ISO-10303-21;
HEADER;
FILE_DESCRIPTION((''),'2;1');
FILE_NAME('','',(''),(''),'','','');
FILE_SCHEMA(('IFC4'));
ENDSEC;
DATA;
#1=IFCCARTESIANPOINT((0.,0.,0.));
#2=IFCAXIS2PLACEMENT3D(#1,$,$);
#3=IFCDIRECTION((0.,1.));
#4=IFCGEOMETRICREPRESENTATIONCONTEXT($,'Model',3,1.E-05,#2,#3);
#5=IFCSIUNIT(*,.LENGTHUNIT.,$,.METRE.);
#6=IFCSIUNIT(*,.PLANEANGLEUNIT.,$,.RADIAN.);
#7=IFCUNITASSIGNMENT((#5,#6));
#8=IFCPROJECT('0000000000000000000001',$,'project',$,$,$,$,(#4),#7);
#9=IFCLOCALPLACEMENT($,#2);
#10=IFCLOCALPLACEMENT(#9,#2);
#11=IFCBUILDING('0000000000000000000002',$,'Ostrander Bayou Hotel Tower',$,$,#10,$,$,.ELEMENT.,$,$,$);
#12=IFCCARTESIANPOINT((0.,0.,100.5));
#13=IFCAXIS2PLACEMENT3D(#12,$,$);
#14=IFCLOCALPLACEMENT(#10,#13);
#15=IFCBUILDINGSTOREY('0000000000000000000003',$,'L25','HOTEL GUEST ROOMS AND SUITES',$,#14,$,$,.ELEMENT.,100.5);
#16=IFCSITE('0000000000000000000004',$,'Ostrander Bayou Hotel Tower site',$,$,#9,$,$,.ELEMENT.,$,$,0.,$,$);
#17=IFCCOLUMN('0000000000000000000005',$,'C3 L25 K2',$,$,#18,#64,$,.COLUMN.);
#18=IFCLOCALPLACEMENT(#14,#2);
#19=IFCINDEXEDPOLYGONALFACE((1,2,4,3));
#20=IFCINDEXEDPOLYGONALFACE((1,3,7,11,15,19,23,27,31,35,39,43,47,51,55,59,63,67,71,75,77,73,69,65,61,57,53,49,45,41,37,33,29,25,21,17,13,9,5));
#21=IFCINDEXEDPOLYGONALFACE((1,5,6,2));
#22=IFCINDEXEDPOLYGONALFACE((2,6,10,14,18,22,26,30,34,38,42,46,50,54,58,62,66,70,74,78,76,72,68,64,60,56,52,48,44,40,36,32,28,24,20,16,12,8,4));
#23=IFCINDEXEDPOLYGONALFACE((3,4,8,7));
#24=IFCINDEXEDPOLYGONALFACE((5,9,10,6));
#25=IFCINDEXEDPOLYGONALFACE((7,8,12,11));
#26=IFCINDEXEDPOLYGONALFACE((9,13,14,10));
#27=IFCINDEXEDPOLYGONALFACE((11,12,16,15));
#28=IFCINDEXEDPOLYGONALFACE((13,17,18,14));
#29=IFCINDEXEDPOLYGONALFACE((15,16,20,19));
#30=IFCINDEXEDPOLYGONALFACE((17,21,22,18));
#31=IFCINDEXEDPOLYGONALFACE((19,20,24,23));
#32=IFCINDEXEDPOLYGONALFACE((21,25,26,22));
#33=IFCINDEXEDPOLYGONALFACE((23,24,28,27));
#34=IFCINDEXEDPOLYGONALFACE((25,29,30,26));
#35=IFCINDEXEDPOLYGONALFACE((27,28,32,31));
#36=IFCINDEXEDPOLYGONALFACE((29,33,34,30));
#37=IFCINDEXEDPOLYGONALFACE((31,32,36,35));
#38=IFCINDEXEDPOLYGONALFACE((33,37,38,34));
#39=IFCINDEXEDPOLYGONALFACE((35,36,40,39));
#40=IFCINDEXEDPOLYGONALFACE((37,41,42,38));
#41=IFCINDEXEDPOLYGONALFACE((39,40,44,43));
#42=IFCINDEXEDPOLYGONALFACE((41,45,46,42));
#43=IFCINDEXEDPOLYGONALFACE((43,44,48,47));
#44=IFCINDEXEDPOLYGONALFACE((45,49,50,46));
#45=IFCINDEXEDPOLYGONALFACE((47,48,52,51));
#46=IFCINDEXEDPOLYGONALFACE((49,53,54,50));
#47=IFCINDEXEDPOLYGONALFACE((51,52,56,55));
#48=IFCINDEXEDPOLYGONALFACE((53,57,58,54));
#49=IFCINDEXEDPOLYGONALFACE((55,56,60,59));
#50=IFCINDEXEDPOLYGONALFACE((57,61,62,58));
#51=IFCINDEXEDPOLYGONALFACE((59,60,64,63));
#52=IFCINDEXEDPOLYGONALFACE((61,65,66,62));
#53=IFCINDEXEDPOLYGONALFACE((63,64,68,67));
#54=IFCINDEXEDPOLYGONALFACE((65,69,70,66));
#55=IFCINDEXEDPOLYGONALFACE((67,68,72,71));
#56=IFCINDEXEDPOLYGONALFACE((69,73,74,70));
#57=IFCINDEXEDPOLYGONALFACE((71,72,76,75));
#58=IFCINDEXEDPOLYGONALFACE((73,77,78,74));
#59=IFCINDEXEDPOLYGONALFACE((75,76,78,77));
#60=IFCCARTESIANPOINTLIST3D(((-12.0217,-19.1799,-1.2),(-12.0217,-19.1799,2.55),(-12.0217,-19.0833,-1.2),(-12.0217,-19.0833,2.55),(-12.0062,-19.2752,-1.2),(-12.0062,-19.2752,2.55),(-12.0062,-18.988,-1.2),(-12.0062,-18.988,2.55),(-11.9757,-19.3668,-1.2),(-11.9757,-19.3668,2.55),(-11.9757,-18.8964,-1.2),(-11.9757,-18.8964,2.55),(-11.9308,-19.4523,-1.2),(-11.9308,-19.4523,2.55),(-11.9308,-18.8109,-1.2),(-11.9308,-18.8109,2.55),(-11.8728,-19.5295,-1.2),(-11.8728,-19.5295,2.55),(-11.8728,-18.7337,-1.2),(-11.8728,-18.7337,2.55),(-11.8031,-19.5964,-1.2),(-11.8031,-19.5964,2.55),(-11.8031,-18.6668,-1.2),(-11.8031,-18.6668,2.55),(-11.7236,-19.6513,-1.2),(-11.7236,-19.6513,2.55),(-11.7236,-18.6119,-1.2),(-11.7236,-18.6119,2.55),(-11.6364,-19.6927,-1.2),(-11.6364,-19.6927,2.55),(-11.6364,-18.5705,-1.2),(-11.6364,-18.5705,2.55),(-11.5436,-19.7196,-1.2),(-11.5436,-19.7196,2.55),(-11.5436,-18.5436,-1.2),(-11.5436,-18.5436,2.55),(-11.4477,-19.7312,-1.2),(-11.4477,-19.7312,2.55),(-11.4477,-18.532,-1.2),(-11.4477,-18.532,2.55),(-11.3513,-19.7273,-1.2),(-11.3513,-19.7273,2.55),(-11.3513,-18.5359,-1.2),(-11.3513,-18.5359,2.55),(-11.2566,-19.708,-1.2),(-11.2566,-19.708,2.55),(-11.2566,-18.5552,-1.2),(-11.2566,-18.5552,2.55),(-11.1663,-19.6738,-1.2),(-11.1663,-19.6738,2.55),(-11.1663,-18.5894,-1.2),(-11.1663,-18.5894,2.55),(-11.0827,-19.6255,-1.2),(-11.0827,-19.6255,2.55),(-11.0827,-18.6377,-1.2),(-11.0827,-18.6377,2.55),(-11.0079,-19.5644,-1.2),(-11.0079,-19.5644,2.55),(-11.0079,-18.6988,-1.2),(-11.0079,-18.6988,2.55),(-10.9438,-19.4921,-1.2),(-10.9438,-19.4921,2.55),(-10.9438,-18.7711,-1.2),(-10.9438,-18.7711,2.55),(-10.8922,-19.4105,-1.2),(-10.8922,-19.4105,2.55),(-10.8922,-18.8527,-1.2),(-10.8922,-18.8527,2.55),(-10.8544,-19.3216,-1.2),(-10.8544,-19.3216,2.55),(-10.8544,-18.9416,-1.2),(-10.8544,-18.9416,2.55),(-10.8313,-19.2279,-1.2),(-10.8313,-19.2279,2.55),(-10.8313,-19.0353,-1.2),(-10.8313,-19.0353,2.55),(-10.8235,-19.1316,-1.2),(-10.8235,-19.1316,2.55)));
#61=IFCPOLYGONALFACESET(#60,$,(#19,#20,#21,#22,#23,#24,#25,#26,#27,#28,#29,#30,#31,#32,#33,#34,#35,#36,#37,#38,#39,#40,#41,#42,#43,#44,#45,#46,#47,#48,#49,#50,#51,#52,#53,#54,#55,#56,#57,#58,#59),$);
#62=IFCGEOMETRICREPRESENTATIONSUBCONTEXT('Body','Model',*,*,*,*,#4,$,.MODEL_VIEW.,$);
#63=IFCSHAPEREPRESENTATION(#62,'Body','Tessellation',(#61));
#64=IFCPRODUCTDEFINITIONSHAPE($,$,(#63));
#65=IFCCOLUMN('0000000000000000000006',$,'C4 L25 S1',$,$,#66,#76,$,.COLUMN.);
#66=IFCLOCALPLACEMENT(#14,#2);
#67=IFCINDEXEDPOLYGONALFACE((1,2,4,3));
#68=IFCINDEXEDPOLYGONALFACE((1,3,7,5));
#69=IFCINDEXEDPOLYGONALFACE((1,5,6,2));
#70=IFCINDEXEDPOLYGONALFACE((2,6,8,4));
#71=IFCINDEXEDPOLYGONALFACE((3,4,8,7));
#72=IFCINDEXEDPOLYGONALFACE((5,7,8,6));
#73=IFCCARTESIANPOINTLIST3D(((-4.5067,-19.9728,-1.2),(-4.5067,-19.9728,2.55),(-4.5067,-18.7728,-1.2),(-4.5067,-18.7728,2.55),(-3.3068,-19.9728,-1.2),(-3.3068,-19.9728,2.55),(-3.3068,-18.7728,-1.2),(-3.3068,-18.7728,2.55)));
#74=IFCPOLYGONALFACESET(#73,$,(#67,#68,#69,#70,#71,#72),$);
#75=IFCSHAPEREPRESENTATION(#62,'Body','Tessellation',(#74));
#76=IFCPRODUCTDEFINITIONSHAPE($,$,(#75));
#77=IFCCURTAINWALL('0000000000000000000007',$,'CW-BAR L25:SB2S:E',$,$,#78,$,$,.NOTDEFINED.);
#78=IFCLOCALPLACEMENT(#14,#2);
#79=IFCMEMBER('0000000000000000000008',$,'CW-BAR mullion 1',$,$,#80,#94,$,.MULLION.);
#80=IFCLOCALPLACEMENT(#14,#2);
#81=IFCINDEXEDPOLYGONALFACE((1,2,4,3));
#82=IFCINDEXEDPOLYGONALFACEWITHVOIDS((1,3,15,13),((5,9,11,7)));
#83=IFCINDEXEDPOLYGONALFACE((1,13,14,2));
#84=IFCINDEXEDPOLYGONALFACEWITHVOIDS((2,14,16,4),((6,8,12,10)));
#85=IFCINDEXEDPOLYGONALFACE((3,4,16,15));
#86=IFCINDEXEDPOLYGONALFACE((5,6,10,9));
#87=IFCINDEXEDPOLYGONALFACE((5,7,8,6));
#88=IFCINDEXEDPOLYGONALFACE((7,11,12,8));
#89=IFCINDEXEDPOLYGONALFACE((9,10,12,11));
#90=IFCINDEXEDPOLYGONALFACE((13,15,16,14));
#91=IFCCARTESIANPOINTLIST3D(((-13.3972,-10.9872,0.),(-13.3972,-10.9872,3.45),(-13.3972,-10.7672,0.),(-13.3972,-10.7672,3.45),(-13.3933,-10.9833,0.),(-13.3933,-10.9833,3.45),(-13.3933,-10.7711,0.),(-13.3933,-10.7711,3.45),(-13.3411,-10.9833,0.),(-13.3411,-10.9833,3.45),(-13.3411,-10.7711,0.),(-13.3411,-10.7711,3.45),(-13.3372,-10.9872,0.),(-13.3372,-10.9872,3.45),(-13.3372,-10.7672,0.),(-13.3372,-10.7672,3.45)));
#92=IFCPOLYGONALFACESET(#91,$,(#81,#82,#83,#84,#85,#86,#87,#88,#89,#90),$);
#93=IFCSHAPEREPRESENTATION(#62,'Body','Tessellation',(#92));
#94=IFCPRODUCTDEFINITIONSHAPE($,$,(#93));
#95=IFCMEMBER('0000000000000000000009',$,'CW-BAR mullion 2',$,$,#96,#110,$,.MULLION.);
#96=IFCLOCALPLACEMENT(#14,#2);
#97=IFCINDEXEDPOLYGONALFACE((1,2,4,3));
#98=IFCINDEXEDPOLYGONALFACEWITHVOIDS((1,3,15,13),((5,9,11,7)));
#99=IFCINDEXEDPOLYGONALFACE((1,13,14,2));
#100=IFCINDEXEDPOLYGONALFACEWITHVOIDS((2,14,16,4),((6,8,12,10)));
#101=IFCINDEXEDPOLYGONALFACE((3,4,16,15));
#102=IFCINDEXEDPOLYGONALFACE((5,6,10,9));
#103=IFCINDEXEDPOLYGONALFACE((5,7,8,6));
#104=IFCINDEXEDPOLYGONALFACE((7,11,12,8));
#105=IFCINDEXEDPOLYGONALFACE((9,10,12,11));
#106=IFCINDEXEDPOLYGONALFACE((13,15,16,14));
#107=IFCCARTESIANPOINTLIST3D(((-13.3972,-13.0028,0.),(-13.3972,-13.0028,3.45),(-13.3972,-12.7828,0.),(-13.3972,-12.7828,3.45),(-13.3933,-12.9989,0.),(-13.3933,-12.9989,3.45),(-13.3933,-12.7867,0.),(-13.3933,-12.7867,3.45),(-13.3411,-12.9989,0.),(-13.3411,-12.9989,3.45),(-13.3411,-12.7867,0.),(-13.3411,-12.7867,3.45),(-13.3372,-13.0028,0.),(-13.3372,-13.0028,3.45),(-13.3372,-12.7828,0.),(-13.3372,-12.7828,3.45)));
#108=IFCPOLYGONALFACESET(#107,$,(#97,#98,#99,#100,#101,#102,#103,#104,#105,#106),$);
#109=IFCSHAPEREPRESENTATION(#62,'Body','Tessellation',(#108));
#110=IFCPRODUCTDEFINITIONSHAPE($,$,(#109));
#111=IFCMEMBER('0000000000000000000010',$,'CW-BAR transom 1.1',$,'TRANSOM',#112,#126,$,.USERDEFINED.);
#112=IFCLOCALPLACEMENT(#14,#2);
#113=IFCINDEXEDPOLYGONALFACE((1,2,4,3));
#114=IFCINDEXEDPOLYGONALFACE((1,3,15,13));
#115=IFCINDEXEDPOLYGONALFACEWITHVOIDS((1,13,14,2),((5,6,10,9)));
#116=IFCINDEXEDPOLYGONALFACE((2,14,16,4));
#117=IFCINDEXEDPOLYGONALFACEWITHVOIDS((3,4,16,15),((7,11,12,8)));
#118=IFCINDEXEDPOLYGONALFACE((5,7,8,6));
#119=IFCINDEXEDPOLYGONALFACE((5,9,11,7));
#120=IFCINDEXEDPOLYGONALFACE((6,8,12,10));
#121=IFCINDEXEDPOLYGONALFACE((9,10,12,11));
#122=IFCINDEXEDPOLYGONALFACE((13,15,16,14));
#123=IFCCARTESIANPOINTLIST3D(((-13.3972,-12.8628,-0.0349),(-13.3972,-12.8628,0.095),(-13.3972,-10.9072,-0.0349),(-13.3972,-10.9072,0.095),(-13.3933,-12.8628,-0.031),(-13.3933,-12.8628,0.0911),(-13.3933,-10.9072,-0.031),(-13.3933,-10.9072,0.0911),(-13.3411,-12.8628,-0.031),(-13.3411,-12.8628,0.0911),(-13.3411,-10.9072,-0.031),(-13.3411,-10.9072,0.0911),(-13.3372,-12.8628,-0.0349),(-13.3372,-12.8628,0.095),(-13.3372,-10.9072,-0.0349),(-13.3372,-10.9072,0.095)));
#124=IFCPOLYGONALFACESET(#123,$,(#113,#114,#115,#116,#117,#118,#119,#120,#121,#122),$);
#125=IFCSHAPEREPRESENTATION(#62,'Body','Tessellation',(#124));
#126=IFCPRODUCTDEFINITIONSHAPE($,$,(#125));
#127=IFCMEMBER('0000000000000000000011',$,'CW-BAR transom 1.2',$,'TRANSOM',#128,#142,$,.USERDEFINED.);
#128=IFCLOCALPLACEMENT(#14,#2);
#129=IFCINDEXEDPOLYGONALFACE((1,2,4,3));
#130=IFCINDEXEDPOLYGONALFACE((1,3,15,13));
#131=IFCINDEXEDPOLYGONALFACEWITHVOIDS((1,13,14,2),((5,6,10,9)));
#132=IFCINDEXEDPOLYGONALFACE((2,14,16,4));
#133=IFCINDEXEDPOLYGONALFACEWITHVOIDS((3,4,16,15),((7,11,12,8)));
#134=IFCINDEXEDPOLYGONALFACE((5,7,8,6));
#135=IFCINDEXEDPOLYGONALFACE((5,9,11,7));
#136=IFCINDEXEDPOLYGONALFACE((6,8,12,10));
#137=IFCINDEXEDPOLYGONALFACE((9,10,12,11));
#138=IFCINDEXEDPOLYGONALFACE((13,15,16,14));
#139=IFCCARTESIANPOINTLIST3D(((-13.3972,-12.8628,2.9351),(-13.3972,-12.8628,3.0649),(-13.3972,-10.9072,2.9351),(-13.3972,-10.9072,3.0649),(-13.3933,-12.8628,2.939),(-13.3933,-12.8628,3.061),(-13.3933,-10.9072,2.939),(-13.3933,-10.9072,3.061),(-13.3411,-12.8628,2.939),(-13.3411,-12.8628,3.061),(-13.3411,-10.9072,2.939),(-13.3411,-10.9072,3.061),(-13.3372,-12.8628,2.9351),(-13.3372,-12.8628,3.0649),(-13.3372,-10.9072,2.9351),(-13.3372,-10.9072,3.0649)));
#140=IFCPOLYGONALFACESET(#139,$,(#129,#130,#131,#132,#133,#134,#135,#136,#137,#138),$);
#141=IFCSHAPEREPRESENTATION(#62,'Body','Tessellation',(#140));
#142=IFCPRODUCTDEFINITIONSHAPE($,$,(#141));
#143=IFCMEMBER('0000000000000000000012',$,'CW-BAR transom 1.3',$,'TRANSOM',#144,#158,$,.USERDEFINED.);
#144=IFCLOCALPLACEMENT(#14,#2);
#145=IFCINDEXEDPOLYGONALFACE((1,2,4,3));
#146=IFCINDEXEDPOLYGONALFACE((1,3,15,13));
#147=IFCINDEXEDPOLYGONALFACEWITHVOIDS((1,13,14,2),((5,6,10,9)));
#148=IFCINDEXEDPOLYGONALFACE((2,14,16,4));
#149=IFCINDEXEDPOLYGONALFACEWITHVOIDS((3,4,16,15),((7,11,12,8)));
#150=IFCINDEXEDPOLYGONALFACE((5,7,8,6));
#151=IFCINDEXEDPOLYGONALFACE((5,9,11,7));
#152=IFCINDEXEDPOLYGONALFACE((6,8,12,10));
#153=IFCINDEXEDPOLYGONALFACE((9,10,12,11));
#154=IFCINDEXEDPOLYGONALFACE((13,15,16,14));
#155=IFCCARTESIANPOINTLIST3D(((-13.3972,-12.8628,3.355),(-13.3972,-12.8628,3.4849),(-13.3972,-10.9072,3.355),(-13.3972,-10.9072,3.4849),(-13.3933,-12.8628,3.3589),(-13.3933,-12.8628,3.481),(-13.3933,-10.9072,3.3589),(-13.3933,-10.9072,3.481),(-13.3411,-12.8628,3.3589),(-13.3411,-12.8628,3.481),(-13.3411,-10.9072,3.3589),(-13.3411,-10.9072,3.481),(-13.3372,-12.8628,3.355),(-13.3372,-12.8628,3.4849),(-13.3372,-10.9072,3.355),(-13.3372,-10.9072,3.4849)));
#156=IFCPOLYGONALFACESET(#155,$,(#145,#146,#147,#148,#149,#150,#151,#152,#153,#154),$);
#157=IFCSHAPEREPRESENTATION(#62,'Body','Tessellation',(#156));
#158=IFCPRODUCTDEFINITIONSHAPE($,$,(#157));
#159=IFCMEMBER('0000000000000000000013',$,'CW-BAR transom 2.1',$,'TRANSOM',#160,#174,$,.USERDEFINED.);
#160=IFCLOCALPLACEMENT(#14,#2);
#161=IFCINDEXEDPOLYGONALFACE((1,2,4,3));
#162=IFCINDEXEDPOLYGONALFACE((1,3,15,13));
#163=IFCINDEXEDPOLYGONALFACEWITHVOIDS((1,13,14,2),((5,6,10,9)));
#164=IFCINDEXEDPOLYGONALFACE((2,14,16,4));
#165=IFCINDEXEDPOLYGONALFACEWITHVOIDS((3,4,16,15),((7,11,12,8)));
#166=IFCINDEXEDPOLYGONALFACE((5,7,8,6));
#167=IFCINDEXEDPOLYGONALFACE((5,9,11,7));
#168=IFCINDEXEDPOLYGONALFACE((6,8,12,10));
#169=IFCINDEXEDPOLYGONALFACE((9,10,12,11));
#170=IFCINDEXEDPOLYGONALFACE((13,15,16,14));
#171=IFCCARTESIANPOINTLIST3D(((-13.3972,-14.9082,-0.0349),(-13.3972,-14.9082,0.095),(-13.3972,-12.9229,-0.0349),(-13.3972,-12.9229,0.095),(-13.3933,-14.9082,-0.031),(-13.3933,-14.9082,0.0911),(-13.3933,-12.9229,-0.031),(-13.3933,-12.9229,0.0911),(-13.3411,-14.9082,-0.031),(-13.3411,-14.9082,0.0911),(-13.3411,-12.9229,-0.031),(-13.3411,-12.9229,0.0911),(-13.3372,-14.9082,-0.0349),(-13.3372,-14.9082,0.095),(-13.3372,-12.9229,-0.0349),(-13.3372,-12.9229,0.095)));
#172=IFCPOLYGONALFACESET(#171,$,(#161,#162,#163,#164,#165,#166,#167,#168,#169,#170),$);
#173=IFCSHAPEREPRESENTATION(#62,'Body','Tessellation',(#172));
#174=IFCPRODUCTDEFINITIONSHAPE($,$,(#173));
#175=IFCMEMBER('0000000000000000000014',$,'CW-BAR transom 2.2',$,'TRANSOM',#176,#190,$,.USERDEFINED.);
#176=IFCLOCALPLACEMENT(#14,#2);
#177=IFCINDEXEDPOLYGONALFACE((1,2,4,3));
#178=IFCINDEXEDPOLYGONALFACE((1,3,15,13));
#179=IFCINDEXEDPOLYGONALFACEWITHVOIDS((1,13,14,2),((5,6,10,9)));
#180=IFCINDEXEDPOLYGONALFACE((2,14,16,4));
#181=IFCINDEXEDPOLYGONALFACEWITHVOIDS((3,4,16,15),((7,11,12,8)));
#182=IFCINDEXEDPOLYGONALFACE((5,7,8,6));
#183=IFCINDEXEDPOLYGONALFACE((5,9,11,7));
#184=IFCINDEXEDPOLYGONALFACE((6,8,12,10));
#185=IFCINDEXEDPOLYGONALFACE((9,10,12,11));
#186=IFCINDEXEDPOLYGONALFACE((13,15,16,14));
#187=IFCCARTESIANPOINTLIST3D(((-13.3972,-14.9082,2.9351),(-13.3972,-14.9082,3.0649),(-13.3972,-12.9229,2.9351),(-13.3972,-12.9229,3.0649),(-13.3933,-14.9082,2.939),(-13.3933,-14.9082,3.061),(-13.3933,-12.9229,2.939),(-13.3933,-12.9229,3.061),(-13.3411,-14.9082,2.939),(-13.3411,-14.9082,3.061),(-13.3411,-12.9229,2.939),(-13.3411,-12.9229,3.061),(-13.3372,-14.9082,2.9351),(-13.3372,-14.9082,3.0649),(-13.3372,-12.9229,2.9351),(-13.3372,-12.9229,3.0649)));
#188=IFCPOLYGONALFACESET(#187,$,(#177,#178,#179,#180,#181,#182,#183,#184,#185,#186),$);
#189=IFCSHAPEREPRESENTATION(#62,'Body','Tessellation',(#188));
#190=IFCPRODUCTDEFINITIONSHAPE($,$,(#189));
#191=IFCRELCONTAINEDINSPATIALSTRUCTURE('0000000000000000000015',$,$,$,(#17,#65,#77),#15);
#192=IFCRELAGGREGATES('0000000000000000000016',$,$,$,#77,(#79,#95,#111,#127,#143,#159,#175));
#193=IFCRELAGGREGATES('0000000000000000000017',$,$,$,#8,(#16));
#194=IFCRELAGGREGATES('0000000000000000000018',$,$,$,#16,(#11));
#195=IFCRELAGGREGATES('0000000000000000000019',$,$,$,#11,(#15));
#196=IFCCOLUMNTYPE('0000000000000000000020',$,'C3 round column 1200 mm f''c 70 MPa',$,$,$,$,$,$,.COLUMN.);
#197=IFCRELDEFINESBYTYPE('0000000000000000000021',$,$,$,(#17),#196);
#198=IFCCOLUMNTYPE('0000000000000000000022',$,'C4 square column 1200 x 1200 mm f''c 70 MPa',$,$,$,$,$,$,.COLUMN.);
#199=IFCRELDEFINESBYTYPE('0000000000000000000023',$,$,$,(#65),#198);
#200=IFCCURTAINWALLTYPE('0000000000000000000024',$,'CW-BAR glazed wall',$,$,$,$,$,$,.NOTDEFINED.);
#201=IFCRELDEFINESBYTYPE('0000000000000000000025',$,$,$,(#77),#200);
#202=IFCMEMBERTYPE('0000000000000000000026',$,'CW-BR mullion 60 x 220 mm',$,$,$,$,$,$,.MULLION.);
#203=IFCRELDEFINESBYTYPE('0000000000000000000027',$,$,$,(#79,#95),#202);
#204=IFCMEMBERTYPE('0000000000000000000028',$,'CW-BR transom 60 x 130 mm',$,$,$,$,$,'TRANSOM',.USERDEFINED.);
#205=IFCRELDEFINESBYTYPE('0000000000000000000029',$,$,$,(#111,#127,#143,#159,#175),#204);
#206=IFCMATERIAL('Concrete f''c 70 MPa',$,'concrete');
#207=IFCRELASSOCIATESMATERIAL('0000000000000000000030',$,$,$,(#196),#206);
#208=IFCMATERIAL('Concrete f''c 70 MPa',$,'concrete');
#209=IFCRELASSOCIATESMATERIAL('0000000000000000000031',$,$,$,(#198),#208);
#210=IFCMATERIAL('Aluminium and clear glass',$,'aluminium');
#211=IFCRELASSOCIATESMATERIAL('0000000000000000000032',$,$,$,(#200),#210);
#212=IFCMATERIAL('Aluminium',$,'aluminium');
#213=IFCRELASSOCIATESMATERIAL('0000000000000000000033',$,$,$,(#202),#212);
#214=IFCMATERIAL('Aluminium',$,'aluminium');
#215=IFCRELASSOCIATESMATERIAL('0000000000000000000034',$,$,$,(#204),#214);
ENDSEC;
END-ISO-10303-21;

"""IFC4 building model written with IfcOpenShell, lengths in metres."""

from ifc_helpers import new_model, si_unit, direction, frame, origin, origin_2d, place, context, subcontext, project, spatial, rectangle, hollow_rectangle, circle, extrude, material, material_profile, profile_set, type_object, element, aggregate, save


model = new_model("IFC4")

# Units and contexts
model_context = context("Model", 3, precision=1e-05, world=origin(), true_north=direction((0.0, 1.0)))
body_context = subcontext(model_context, "Body", "Model", "MODEL_VIEW")
ifc_project = project(units=[si_unit("LENGTHUNIT", "METRE"), si_unit("PLANEANGLEUNIT", "RADIAN")], contexts=[model_context])

# Site, building, storey
site_placement = place(None, origin())
site = spatial("IfcSite", under=ifc_project, at=site_placement, Name="Ostrander Bayou Hotel Tower site", CompositionType="ELEMENT", RefElevation=0.0)
building_placement = place(site_placement, origin())
building = spatial("IfcBuilding", under=site, at=building_placement, Name="Ostrander Bayou Hotel Tower", CompositionType="ELEMENT")
storey_placement = place(building_placement, frame((0.0, 0.0, 100.5)))
storey = spatial("IfcBuildingStorey", under=building, at=storey_placement, Name="L25", Description="HOTEL GUEST ROOMS AND SUITES", CompositionType="ELEMENT", Elevation=100.5)

# Columns
ifc_material_1 = material(Name="Concrete f'c 70 MPa", Category="concrete")
ifc_material_profile_1 = material_profile(ifc_material_1, circle(Radius=0.6001, at=origin_2d()))
ifc_profile_set_1 = profile_set([ifc_material_profile_1], Name="Concrete f'c 70 MPa")
column_type_1 = type_object("IfcColumnType", Name="C3 round column 1200 mm f'c 70 MPa", PredefinedType="COLUMN", material=ifc_profile_set_1)
column_1_placement = place(storey_placement, frame((-11.4236, -19.1316, -1.2), z_axis=(0.0, 0.0, 1.0), x_axis=(1.0, 0.0, 0.0)))
element("IfcColumn", 1, at=column_1_placement, inside=storey, type_object=column_type_1, Name="C3 L25 K2", PredefinedType="COLUMN", context=body_context, shape_type="SweptSolid", body=[
    extrude(circle(Radius=0.6001, at=origin_2d()), origin(), (0.0, 0.0, 1.0), 3.75),
])
ifc_material_2 = material(Name="Concrete f'c 70 MPa", Category="concrete")
ifc_material_profile_2 = material_profile(ifc_material_2, rectangle(XDim=1.2, YDim=1.2, at=origin_2d()))
ifc_profile_set_2 = profile_set([ifc_material_profile_2], Name="Concrete f'c 70 MPa")
column_type_2 = type_object("IfcColumnType", Name="C4 square column 1200 x 1200 mm f'c 70 MPa", PredefinedType="COLUMN", material=ifc_profile_set_2)
column_2_placement = place(storey_placement, frame((-3.9067, -19.3728, -1.2), z_axis=(0.0, 0.0, 1.0), x_axis=(-1.0, 0.0, 0.0)))
element("IfcColumn", 2, at=column_2_placement, inside=storey, type_object=column_type_2, Name="C4 L25 S1", PredefinedType="COLUMN", context=body_context, shape_type="SweptSolid", body=[
    extrude(rectangle(XDim=1.2, YDim=1.2, at=origin_2d()), origin(), (0.0, 0.0, 1.0), 3.75),
])

# Curtain wall, members
ifc_material_3 = material(Name="Aluminium and clear glass", Category="aluminium")
curtain_wall_type = type_object("IfcCurtainWallType", Name="CW-BAR glazed wall", PredefinedType="NOTDEFINED", material=ifc_material_3)
curtain_wall_placement = place(storey_placement, origin())
curtain_wall = element("IfcCurtainWall", 3, at=curtain_wall_placement, inside=storey, type_object=curtain_wall_type, Name="CW-BAR L25:SB2S:E", PredefinedType="NOTDEFINED")
ifc_material_4 = material(Name="Aluminium", Category="aluminium")
ifc_material_profile_3 = material_profile(ifc_material_4, hollow_rectangle(XDim=0.0601, YDim=0.22, WallThickness=0.0039, at=origin_2d()))
ifc_profile_set_3 = profile_set([ifc_material_profile_3], Name="Aluminium")
member_type_1 = type_object("IfcMemberType", Name="CW-BR mullion 60 x 220 mm", PredefinedType="MULLION", material=ifc_profile_set_3)
member_1_placement = place(storey_placement, frame((-13.3672, -10.8772, 0.0), z_axis=(0.0, 0.0, 1.0), x_axis=(1.0, 0.0, 0.0)))
member_1 = element("IfcMember", 4, at=member_1_placement, type_object=member_type_1, Name="CW-BAR mullion 1", PredefinedType="MULLION", context=body_context, shape_type="SweptSolid", body=[
    extrude(hollow_rectangle(XDim=0.0601, YDim=0.22, WallThickness=0.0039, at=origin_2d()), origin(), (0.0, 0.0, 1.0), 3.45),
])
member_2_placement = place(storey_placement, frame((-13.3672, -12.8928, 0.0), z_axis=(0.0, 0.0, 1.0), x_axis=(1.0, 0.0, 0.0)))
member_2 = element("IfcMember", 5, at=member_2_placement, type_object=member_type_1, Name="CW-BAR mullion 2", PredefinedType="MULLION", context=body_context, shape_type="SweptSolid", body=[
    extrude(hollow_rectangle(XDim=0.0601, YDim=0.22, WallThickness=0.0039, at=origin_2d()), origin(), (0.0, 0.0, 1.0), 3.45),
])
ifc_material_5 = material(Name="Aluminium", Category="aluminium")
ifc_material_profile_4 = material_profile(ifc_material_5, hollow_rectangle(XDim=0.0601, YDim=0.1299, WallThickness=0.0039, at=origin_2d()))
ifc_profile_set_4 = profile_set([ifc_material_profile_4], Name="Aluminium")
member_type_2 = type_object("IfcMemberType", Name="CW-BR transom 60 x 130 mm", ElementType="TRANSOM", PredefinedType="USERDEFINED", material=ifc_profile_set_4)
member_3_placement = place(storey_placement, frame((-13.3672, -10.9072, 0.03), z_axis=(0.0, -1.0, 0.0), x_axis=(1.0, 0.0, 0.0)))
member_3 = element("IfcMember", 6, at=member_3_placement, type_object=member_type_2, Name="CW-BAR transom 1.1", ObjectType="TRANSOM", PredefinedType="USERDEFINED", context=body_context, shape_type="SweptSolid", body=[
    extrude(hollow_rectangle(XDim=0.0601, YDim=0.1299, WallThickness=0.0039, at=origin_2d()), origin(), (0.0, 0.0, 1.0), 1.9556),
])
member_4_placement = place(storey_placement, frame((-13.3672, -10.9072, 3.0), z_axis=(0.0, -1.0, 0.0), x_axis=(1.0, 0.0, 0.0)))
member_4 = element("IfcMember", 7, at=member_4_placement, type_object=member_type_2, Name="CW-BAR transom 1.2", ObjectType="TRANSOM", PredefinedType="USERDEFINED", context=body_context, shape_type="SweptSolid", body=[
    extrude(hollow_rectangle(XDim=0.0601, YDim=0.1299, WallThickness=0.0039, at=origin_2d()), origin(), (0.0, 0.0, 1.0), 1.9556),
])
member_5_placement = place(storey_placement, frame((-13.3672, -10.9072, 3.4199), z_axis=(0.0, -1.0, 0.0), x_axis=(1.0, 0.0, 0.0)))
member_5 = element("IfcMember", 8, at=member_5_placement, type_object=member_type_2, Name="CW-BAR transom 1.3", ObjectType="TRANSOM", PredefinedType="USERDEFINED", context=body_context, shape_type="SweptSolid", body=[
    extrude(hollow_rectangle(XDim=0.0601, YDim=0.1299, WallThickness=0.0039, at=origin_2d()), origin(), (0.0, 0.0, 1.0), 1.9556),
])
member_6_placement = place(storey_placement, frame((-13.3672, -12.9229, 0.03), z_axis=(0.0, -1.0, 0.0), x_axis=(1.0, 0.0, 0.0)))
member_6 = element("IfcMember", 9, at=member_6_placement, type_object=member_type_2, Name="CW-BAR transom 2.1", ObjectType="TRANSOM", PredefinedType="USERDEFINED", context=body_context, shape_type="SweptSolid", body=[
    extrude(hollow_rectangle(XDim=0.0601, YDim=0.1299, WallThickness=0.0039, at=origin_2d()), origin(), (0.0, 0.0, 1.0), 1.9854),
])
member_7_placement = place(storey_placement, frame((-13.3672, -12.9229, 3.0), z_axis=(0.0, -1.0, 0.0), x_axis=(1.0, 0.0, 0.0)))
member_7 = element("IfcMember", 10, at=member_7_placement, type_object=member_type_2, Name="CW-BAR transom 2.2", ObjectType="TRANSOM", PredefinedType="USERDEFINED", context=body_context, shape_type="SweptSolid", body=[
    extrude(hollow_rectangle(XDim=0.0601, YDim=0.1299, WallThickness=0.0039, at=origin_2d()), origin(), (0.0, 0.0, 1.0), 1.9854),
])
aggregate(curtain_wall, [member_1, member_2, member_3, member_4, member_5, member_6, member_7])

save(model, "model.ifc")
